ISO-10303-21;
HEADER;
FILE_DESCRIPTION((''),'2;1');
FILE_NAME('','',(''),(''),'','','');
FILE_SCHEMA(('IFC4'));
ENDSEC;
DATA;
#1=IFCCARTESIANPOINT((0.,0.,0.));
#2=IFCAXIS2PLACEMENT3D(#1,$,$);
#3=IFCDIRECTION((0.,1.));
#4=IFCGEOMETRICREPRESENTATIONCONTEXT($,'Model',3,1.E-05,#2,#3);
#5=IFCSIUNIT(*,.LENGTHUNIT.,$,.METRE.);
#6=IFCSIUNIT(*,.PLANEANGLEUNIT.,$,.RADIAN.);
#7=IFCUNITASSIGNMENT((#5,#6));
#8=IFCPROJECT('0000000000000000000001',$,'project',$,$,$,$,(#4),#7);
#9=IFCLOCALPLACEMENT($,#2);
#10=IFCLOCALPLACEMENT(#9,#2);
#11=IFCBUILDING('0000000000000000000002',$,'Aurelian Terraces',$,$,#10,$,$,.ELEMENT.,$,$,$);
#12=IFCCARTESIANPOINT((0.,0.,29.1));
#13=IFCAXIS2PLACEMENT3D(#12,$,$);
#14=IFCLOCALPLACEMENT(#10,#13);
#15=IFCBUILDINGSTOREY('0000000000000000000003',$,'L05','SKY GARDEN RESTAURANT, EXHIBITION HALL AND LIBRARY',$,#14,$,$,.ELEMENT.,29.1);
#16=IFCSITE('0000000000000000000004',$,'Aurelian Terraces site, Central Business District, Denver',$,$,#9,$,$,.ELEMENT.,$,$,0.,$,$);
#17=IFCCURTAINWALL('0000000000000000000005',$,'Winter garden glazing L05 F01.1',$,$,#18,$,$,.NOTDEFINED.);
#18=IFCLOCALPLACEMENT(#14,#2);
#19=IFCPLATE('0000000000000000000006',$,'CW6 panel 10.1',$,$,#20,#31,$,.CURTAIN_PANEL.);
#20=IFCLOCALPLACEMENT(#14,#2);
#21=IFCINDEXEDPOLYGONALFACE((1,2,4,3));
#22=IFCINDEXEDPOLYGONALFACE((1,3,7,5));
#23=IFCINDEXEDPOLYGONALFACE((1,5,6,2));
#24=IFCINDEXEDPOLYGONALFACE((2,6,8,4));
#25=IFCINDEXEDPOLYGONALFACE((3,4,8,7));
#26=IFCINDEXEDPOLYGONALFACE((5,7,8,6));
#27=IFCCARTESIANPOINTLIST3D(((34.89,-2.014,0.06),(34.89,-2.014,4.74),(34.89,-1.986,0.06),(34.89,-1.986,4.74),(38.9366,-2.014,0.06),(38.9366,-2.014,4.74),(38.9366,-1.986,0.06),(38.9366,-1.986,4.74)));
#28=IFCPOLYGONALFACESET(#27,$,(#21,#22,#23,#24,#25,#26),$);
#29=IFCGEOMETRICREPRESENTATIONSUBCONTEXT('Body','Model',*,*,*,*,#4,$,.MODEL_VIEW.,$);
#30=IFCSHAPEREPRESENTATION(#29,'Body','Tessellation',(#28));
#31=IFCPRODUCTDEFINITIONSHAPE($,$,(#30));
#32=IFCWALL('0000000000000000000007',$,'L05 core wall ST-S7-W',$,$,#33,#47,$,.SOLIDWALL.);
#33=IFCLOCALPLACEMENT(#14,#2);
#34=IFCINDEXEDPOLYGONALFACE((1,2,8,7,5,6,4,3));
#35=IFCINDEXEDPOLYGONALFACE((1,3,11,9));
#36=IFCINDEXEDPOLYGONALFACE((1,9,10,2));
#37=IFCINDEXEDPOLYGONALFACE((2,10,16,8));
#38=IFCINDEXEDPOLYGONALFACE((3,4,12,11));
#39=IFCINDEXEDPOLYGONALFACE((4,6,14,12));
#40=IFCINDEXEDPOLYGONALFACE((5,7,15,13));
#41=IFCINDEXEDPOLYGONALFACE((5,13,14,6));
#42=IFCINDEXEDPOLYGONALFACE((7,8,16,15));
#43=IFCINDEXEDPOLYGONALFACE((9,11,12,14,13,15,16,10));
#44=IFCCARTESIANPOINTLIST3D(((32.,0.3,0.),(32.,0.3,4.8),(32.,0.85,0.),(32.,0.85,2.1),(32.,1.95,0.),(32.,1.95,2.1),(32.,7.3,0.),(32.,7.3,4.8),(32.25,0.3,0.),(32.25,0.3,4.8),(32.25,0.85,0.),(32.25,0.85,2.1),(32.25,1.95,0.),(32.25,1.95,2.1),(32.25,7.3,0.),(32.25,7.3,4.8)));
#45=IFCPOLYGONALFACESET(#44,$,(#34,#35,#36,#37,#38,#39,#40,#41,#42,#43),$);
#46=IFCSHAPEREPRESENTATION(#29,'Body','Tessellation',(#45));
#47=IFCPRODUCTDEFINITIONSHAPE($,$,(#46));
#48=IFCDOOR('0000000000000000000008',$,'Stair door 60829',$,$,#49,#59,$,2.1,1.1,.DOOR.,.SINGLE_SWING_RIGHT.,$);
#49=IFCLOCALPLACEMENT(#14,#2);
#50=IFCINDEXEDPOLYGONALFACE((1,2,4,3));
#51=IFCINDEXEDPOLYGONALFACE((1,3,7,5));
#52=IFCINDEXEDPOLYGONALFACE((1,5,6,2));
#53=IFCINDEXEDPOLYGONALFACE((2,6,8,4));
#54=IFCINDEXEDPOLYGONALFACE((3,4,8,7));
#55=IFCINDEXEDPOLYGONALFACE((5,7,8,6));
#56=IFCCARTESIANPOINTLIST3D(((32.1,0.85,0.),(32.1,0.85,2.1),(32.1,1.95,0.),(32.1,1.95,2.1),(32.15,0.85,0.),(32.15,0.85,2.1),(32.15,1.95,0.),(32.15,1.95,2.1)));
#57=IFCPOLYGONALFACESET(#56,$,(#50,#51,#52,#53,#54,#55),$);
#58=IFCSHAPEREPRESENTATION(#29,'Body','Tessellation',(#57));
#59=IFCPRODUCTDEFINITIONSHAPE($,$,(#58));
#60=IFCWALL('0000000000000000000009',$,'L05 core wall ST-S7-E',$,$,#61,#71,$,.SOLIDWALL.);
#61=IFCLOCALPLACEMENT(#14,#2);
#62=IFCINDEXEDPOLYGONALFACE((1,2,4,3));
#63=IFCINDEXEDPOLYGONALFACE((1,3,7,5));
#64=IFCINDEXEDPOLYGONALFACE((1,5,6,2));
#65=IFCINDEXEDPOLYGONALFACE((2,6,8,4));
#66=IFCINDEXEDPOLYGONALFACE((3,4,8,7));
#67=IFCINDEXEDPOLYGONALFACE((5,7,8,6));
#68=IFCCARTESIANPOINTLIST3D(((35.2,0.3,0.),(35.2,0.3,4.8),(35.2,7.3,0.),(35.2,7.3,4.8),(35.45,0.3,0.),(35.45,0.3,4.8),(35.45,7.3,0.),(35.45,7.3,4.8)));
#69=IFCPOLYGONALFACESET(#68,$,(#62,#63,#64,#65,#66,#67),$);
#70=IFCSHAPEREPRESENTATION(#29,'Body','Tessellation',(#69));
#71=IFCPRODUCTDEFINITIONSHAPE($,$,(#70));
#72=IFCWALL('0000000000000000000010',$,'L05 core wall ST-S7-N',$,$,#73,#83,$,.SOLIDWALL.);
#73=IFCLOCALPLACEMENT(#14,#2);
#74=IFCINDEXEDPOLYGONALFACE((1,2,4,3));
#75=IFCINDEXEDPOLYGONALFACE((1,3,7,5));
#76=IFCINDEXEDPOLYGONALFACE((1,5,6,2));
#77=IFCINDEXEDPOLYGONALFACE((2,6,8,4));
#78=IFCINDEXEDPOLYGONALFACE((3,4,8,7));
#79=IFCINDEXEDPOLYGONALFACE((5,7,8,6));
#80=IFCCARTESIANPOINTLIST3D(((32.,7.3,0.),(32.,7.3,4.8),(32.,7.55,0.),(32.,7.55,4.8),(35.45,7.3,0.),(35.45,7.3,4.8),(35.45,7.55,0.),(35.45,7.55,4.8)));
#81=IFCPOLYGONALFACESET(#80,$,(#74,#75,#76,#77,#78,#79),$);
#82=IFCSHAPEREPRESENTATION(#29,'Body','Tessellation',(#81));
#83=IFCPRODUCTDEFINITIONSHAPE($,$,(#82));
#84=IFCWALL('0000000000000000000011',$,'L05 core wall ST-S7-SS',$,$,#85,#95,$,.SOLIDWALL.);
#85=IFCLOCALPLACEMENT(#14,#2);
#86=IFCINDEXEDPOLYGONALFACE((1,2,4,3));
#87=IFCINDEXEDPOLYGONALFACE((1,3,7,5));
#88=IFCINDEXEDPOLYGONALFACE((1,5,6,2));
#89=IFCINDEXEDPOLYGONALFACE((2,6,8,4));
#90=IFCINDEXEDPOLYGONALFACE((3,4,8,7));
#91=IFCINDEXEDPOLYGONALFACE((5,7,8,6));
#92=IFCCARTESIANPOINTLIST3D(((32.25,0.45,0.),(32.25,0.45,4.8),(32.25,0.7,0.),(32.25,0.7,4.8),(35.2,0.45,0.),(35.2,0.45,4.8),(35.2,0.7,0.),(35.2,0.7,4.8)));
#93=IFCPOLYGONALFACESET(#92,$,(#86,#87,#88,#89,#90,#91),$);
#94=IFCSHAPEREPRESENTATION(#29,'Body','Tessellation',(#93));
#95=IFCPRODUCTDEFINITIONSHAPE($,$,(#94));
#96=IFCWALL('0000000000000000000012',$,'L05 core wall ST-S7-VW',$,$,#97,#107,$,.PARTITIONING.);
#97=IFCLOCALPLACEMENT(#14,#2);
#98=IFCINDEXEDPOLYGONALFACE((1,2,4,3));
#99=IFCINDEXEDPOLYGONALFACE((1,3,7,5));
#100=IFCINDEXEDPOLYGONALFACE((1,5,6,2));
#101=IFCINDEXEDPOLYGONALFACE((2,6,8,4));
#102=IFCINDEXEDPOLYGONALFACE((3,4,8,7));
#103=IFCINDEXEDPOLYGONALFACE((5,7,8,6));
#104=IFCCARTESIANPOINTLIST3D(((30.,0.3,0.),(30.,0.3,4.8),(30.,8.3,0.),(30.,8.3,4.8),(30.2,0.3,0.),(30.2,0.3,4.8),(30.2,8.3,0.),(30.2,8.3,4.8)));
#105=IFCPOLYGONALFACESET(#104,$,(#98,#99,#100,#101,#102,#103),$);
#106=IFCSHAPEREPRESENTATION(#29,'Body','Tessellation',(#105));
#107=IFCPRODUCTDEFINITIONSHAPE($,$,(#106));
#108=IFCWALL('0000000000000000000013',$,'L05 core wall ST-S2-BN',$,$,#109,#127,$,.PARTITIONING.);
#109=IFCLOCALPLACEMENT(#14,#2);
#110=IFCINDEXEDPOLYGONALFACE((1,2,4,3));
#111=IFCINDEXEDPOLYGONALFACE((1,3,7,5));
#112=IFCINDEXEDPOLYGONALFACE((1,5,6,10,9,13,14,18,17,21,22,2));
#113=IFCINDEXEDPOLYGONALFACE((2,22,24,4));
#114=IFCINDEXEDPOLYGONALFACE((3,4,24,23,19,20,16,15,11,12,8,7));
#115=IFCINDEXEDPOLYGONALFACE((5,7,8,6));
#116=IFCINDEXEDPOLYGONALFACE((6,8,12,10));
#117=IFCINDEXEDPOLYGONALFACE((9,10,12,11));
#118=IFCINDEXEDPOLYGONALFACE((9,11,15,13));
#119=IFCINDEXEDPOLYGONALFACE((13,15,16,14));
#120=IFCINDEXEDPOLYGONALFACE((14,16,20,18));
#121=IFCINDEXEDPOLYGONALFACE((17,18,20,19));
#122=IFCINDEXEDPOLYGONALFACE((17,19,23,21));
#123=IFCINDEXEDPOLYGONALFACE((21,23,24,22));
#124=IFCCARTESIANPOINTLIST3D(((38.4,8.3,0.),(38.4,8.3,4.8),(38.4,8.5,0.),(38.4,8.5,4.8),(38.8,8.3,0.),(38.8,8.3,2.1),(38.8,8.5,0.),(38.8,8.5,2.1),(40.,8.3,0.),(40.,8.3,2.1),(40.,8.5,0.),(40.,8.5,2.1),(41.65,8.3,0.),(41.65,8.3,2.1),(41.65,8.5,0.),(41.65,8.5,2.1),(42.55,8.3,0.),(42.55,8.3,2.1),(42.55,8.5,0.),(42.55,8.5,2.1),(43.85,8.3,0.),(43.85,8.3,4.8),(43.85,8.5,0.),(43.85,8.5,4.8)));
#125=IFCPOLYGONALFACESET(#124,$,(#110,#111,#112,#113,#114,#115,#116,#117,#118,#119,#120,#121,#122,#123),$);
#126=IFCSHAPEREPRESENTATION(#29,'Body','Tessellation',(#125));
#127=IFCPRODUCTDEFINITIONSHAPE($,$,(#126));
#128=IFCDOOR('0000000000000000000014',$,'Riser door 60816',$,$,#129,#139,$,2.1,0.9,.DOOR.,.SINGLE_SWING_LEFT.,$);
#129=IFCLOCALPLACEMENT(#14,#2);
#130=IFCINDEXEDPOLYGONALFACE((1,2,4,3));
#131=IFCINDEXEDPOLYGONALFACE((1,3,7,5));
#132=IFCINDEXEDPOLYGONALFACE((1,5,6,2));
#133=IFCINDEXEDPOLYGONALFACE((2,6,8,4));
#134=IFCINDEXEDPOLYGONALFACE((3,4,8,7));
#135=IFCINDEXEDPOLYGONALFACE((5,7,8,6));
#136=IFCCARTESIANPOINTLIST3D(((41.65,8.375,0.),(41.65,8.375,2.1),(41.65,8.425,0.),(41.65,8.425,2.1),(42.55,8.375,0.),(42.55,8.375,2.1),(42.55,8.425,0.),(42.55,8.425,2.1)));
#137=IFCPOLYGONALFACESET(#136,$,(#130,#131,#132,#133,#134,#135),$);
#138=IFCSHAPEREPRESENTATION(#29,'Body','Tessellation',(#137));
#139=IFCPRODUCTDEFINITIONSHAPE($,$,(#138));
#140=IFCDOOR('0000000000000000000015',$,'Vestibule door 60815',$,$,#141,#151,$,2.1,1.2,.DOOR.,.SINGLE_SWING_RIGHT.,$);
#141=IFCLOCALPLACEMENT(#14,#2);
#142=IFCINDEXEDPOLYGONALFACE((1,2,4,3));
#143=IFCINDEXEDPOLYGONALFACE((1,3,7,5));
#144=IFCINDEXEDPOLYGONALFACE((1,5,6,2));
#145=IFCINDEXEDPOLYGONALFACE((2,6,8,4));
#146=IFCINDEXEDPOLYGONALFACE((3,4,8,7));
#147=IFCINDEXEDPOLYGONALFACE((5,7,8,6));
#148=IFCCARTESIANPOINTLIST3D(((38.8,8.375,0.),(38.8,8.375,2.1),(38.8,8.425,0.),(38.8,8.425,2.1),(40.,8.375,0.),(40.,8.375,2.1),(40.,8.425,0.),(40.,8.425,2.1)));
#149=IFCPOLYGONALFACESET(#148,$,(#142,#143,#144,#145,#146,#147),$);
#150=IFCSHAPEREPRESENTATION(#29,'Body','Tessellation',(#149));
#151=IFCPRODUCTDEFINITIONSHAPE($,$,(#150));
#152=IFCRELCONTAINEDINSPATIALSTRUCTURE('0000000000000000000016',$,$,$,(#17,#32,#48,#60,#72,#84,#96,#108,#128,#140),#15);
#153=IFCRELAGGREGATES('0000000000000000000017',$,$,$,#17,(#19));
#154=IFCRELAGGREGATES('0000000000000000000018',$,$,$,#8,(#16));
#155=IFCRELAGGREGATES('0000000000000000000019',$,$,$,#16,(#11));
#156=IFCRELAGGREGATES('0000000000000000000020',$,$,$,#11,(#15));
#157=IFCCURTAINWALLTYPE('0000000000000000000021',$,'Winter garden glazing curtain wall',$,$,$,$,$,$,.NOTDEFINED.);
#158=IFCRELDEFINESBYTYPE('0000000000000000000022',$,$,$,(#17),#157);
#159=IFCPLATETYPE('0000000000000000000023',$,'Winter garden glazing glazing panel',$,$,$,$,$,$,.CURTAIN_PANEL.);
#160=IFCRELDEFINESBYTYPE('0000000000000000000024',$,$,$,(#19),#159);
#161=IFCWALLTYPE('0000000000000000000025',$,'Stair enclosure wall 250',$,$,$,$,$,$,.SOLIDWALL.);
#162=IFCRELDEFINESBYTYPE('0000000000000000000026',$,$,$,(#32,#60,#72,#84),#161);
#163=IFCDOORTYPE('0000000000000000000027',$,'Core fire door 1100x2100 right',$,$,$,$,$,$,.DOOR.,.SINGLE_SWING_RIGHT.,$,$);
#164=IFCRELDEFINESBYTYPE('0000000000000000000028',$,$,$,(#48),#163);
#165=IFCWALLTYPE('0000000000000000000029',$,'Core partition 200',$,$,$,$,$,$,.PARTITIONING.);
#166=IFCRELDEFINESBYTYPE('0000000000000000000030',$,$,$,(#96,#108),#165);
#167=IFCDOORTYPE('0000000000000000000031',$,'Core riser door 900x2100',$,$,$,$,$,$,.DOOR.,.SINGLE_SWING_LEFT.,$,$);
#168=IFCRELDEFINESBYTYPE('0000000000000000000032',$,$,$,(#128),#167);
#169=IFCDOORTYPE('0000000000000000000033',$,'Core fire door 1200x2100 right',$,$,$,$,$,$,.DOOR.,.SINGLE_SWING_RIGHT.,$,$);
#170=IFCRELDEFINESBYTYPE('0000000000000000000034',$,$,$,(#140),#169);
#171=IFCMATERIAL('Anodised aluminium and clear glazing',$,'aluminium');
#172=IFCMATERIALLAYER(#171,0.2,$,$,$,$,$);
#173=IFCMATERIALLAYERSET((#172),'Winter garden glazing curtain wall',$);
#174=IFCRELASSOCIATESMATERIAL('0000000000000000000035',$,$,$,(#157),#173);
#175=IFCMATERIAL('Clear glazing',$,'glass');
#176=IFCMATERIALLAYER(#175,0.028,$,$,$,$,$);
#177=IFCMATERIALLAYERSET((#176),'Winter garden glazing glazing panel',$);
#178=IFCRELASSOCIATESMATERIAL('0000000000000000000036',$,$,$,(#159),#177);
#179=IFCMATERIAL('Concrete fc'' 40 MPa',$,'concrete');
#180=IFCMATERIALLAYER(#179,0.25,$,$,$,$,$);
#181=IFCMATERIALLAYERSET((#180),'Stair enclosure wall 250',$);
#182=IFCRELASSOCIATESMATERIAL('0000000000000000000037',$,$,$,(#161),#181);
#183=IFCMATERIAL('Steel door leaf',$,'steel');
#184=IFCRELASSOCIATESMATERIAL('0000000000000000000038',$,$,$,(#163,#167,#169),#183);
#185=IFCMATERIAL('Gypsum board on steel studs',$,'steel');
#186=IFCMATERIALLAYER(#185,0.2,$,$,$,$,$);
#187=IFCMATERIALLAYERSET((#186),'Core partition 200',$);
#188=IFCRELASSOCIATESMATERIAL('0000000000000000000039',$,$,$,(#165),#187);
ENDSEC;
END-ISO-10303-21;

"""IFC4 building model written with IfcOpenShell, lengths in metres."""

from ifc_helpers import new_model, si_unit, direction, frame, frame_2d, origin, origin_2d, place, context, subcontext, project, spatial, rectangle, extrude, source, transform, mapped, material, layer, layer_set, type_object, element, fill, aggregate, save


model = new_model("IFC4")

# Units and contexts
model_context = context("Model", 3, precision=1e-05, world=origin(), true_north=direction((0.0, 1.0)))
body_context = subcontext(model_context, "Body", "Model", "MODEL_VIEW")
ifc_project = project(units=[si_unit("LENGTHUNIT", "METRE"), si_unit("PLANEANGLEUNIT", "RADIAN")], contexts=[model_context])

# Site, building, storey
site_placement = place(None, origin())
site = spatial("IfcSite", under=ifc_project, at=site_placement, Name="Aurelian Terraces site, Central Business District, Denver", CompositionType="ELEMENT", RefElevation=0.0)
building_placement = place(site_placement, origin())
building = spatial("IfcBuilding", under=site, at=building_placement, Name="Aurelian Terraces", CompositionType="ELEMENT")
storey_placement = place(building_placement, frame((0.0, 0.0, 29.1)))
storey = spatial("IfcBuildingStorey", under=building, at=storey_placement, Name="L05", Description="SKY GARDEN RESTAURANT, EXHIBITION HALL AND LIBRARY", CompositionType="ELEMENT", Elevation=29.1)

# Curtain wall, plate
ifc_material_1 = material(Name="Anodised aluminium and clear glazing", Category="aluminium")
ifc_layer_1 = layer(ifc_material_1, 0.2)
ifc_layer_set_1 = layer_set([ifc_layer_1], Name="Winter garden glazing curtain wall")
curtain_wall_type = type_object("IfcCurtainWallType", Name="Winter garden glazing curtain wall", PredefinedType="NOTDEFINED", material=ifc_layer_set_1)
curtain_wall_placement = place(storey_placement, origin())
curtain_wall = element("IfcCurtainWall", 1, at=curtain_wall_placement, inside=storey, type_object=curtain_wall_type, Name="Winter garden glazing L05 F01.1", PredefinedType="NOTDEFINED")
ifc_material_2 = material(Name="Clear glazing", Category="glass")
ifc_layer_2 = layer(ifc_material_2, 0.028)
ifc_layer_set_2 = layer_set([ifc_layer_2], Name="Winter garden glazing glazing panel")
plate_type = type_object("IfcPlateType", Name="Winter garden glazing glazing panel", PredefinedType="CURTAIN_PANEL", material=ifc_layer_set_2)
shared_shape_1 = source(origin(), body_context, "Body", "SweptSolid", [
    extrude(rectangle(XDim=4.0467, YDim=0.028, at=origin_2d()), origin(), (0.0, 0.0, 1.0), 4.68),
])
plate_1_placement = place(storey_placement, frame((36.9133, -2.0, 0.06), z_axis=(0.0, 0.0, 1.0), x_axis=(1.0, 0.0, 0.0)))
plate_1 = element("IfcPlate", 2, at=plate_1_placement, type_object=plate_type, Name="CW6 panel 10.1", PredefinedType="CURTAIN_PANEL", context=body_context, shape_type="MappedRepresentation", body=[
    mapped(shared_shape_1, transform((0.0, 0.0, 0.0), scale=1.0)),
])
aggregate(curtain_wall, [plate_1])

# Wall, opening, door
ifc_material_3 = material(Name="Concrete fc' 40 MPa", Category="concrete")
ifc_layer_3 = layer(ifc_material_3, 0.25)
ifc_layer_set_3 = layer_set([ifc_layer_3], Name="Stair enclosure wall 250")
wall_type_1 = type_object("IfcWallType", Name="Stair enclosure wall 250", PredefinedType="SOLIDWALL", material=ifc_layer_set_3)
shared_shape_2 = source(origin(), body_context, "Body", "SweptSolid", [
    extrude(rectangle(XDim=7.0, YDim=0.25, at=frame_2d((3.5, 0.0))), origin(), (0.0, 0.0, 1.0), 4.8),
])
wall_1_placement = place(storey_placement, frame((32.125, 0.3, 0.0), z_axis=(0.0, 0.0, 1.0), x_axis=(0.0, 1.0, 0.0)))
wall_1 = element("IfcWall", 3, at=wall_1_placement, inside=storey, type_object=wall_type_1, Name="L05 core wall ST-S7-W", PredefinedType="SOLIDWALL", context=body_context, shape_type="MappedRepresentation", body=[
    mapped(shared_shape_2, transform((0.0, 0.0, 0.0), scale=1.0)),
])
shared_shape_3 = source(origin(), body_context, "Body", "SweptSolid", [
    extrude(rectangle(XDim=1.1, YDim=2.1, at=frame_2d((0.55, 1.05))), frame((0.0, 0.135, 0.0), z_axis=(0.0, -1.0, 0.0), x_axis=(1.0, 0.0, 0.0)), (0.0, 0.0, 1.0), 0.27),
])
opening_1_placement = place(wall_1_placement, frame((0.55, 0.0, 0.0)))
opening_1 = element("IfcOpeningElement", 4, at=opening_1_placement, cuts=wall_1, PredefinedType="OPENING", context=body_context, shape_type="MappedRepresentation", body=[
    mapped(shared_shape_3, transform((0.0, 0.0, 0.0), scale=1.0)),
])
ifc_material_4 = material(Name="Steel door leaf", Category="steel")
door_type_1 = type_object("IfcDoorType", Name="Core fire door 1100x2100 right", OperationType="SINGLE_SWING_RIGHT", PredefinedType="DOOR", material=ifc_material_4)
shared_shape_4 = source(origin(), body_context, "Body", "SweptSolid", [
    extrude(rectangle(XDim=1.1, YDim=2.1, at=frame_2d((0.55, 1.05))), frame((0.0, 0.025, 0.0), z_axis=(0.0, -1.0, 0.0), x_axis=(1.0, 0.0, 0.0)), (0.0, 0.0, 1.0), 0.05),
])
door_1_placement = place(opening_1_placement, origin())
door_1 = element("IfcDoor", 5, at=door_1_placement, inside=storey, type_object=door_type_1, Name="Stair door 60829", OperationType="SINGLE_SWING_RIGHT", OverallHeight=2.1, OverallWidth=1.1, PredefinedType="DOOR", context=body_context, shape_type="MappedRepresentation", body=[
    mapped(shared_shape_4, transform((0.0, 0.0, 0.0), scale=1.0)),
])
fill(opening_1, door_1)

# Walls
wall_2_placement = place(storey_placement, frame((35.325, 0.3, 0.0), z_axis=(0.0, 0.0, 1.0), x_axis=(0.0, 1.0, 0.0)))
element("IfcWall", 6, at=wall_2_placement, inside=storey, type_object=wall_type_1, Name="L05 core wall ST-S7-E", PredefinedType="SOLIDWALL", context=body_context, shape_type="MappedRepresentation", body=[
    mapped(shared_shape_2, transform((0.0, 0.0, 0.0), scale=1.0)),
])
shared_shape_5 = source(origin(), body_context, "Body", "SweptSolid", [
    extrude(rectangle(XDim=3.45, YDim=0.25, at=frame_2d((1.725, 0.0))), origin(), (0.0, 0.0, 1.0), 4.8),
])
wall_3_placement = place(storey_placement, frame((32.0, 7.425, 0.0), z_axis=(0.0, 0.0, 1.0), x_axis=(1.0, 0.0, 0.0)))
element("IfcWall", 7, at=wall_3_placement, inside=storey, type_object=wall_type_1, Name="L05 core wall ST-S7-N", PredefinedType="SOLIDWALL", context=body_context, shape_type="MappedRepresentation", body=[
    mapped(shared_shape_5, transform((0.0, 0.0, 0.0), scale=1.0)),
])
shared_shape_6 = source(origin(), body_context, "Body", "SweptSolid", [
    extrude(rectangle(XDim=2.95, YDim=0.25, at=frame_2d((1.475, 0.0))), origin(), (0.0, 0.0, 1.0), 4.8),
])
wall_4_placement = place(storey_placement, frame((32.25, 0.575, 0.0), z_axis=(0.0, 0.0, 1.0), x_axis=(1.0, 0.0, 0.0)))
element("IfcWall", 8, at=wall_4_placement, inside=storey, type_object=wall_type_1, Name="L05 core wall ST-S7-SS", PredefinedType="SOLIDWALL", context=body_context, shape_type="MappedRepresentation", body=[
    mapped(shared_shape_6, transform((0.0, 0.0, 0.0), scale=1.0)),
])
ifc_material_5 = material(Name="Gypsum board on steel studs", Category="steel")
ifc_layer_4 = layer(ifc_material_5, 0.2)
ifc_layer_set_4 = layer_set([ifc_layer_4], Name="Core partition 200")
wall_type_2 = type_object("IfcWallType", Name="Core partition 200", PredefinedType="PARTITIONING", material=ifc_layer_set_4)
shared_shape_7 = source(origin(), body_context, "Body", "SweptSolid", [
    extrude(rectangle(XDim=8.0, YDim=0.2, at=frame_2d((4.0, 0.0))), origin(), (0.0, 0.0, 1.0), 4.8),
])
wall_5_placement = place(storey_placement, frame((30.1, 0.3, 0.0), z_axis=(0.0, 0.0, 1.0), x_axis=(0.0, 1.0, 0.0)))
element("IfcWall", 9, at=wall_5_placement, inside=storey, type_object=wall_type_2, Name="L05 core wall ST-S7-VW", PredefinedType="PARTITIONING", context=body_context, shape_type="MappedRepresentation", body=[
    mapped(shared_shape_7, transform((0.0, 0.0, 0.0), scale=1.0)),
])

# Wall, openings, doors
shared_shape_8 = source(origin(), body_context, "Body", "SweptSolid", [
    extrude(rectangle(XDim=5.45, YDim=0.2, at=frame_2d((2.725, 0.0))), origin(), (0.0, 0.0, 1.0), 4.8),
])
wall_6_placement = place(storey_placement, frame((38.4, 8.4, 0.0), z_axis=(0.0, 0.0, 1.0), x_axis=(1.0, 0.0, 0.0)))
wall_6 = element("IfcWall", 10, at=wall_6_placement, inside=storey, type_object=wall_type_2, Name="L05 core wall ST-S2-BN", PredefinedType="PARTITIONING", context=body_context, shape_type="MappedRepresentation", body=[
    mapped(shared_shape_8, transform((0.0, 0.0, 0.0), scale=1.0)),
])
shared_shape_9 = source(origin(), body_context, "Body", "SweptSolid", [
    extrude(rectangle(XDim=1.2, YDim=2.1, at=frame_2d((0.6, 1.05))), frame((0.0, 0.11, 0.0), z_axis=(0.0, -1.0, 0.0), x_axis=(1.0, 0.0, 0.0)), (0.0, 0.0, 1.0), 0.22),
])
opening_2_placement = place(wall_6_placement, frame((0.4, 0.0, 0.0)))
opening_2 = element("IfcOpeningElement", 11, at=opening_2_placement, cuts=wall_6, PredefinedType="OPENING", context=body_context, shape_type="MappedRepresentation", body=[
    mapped(shared_shape_9, transform((0.0, 0.0, 0.0), scale=1.0)),
])
shared_shape_10 = source(origin(), body_context, "Body", "SweptSolid", [
    extrude(rectangle(XDim=0.9, YDim=2.1, at=frame_2d((0.45, 1.05))), frame((0.0, 0.11, 0.0), z_axis=(0.0, -1.0, 0.0), x_axis=(1.0, 0.0, 0.0)), (0.0, 0.0, 1.0), 0.22),
])
opening_3_placement = place(wall_6_placement, frame((3.25, 0.0, 0.0)))
opening_3 = element("IfcOpeningElement", 12, at=opening_3_placement, cuts=wall_6, PredefinedType="OPENING", context=body_context, shape_type="MappedRepresentation", body=[
    mapped(shared_shape_10, transform((0.0, 0.0, 0.0), scale=1.0)),
])
door_type_2 = type_object("IfcDoorType", Name="Core riser door 900x2100", OperationType="SINGLE_SWING_LEFT", PredefinedType="DOOR", material=ifc_material_4)
shared_shape_11 = source(origin(), body_context, "Body", "SweptSolid", [
    extrude(rectangle(XDim=0.9, YDim=2.1, at=frame_2d((0.45, 1.05))), frame((0.0, 0.025, 0.0), z_axis=(0.0, -1.0, 0.0), x_axis=(1.0, 0.0, 0.0)), (0.0, 0.0, 1.0), 0.05),
])
door_2_placement = place(opening_3_placement, origin())
door_2 = element("IfcDoor", 13, at=door_2_placement, inside=storey, type_object=door_type_2, Name="Riser door 60816", OperationType="SINGLE_SWING_LEFT", OverallHeight=2.1, OverallWidth=0.9, PredefinedType="DOOR", context=body_context, shape_type="MappedRepresentation", body=[
    mapped(shared_shape_11, transform((0.0, 0.0, 0.0), scale=1.0)),
])
fill(opening_3, door_2)
door_type_3 = type_object("IfcDoorType", Name="Core fire door 1200x2100 right", OperationType="SINGLE_SWING_RIGHT", PredefinedType="DOOR", material=ifc_material_4)
shared_shape_12 = source(origin(), body_context, "Body", "SweptSolid", [
    extrude(rectangle(XDim=1.2, YDim=2.1, at=frame_2d((0.6, 1.05))), frame((0.0, 0.025, 0.0), z_axis=(0.0, -1.0, 0.0), x_axis=(1.0, 0.0, 0.0)), (0.0, 0.0, 1.0), 0.05),
])
door_3_placement = place(opening_2_placement, origin())
door_3 = element("IfcDoor", 14, at=door_3_placement, inside=storey, type_object=door_type_3, Name="Vestibule door 60815", OperationType="SINGLE_SWING_RIGHT", OverallHeight=2.1, OverallWidth=1.2, PredefinedType="DOOR", context=body_context, shape_type="MappedRepresentation", body=[
    mapped(shared_shape_12, transform((0.0, 0.0, 0.0), scale=1.0)),
])
fill(opening_2, door_3)

save(model, "model.ifc")
